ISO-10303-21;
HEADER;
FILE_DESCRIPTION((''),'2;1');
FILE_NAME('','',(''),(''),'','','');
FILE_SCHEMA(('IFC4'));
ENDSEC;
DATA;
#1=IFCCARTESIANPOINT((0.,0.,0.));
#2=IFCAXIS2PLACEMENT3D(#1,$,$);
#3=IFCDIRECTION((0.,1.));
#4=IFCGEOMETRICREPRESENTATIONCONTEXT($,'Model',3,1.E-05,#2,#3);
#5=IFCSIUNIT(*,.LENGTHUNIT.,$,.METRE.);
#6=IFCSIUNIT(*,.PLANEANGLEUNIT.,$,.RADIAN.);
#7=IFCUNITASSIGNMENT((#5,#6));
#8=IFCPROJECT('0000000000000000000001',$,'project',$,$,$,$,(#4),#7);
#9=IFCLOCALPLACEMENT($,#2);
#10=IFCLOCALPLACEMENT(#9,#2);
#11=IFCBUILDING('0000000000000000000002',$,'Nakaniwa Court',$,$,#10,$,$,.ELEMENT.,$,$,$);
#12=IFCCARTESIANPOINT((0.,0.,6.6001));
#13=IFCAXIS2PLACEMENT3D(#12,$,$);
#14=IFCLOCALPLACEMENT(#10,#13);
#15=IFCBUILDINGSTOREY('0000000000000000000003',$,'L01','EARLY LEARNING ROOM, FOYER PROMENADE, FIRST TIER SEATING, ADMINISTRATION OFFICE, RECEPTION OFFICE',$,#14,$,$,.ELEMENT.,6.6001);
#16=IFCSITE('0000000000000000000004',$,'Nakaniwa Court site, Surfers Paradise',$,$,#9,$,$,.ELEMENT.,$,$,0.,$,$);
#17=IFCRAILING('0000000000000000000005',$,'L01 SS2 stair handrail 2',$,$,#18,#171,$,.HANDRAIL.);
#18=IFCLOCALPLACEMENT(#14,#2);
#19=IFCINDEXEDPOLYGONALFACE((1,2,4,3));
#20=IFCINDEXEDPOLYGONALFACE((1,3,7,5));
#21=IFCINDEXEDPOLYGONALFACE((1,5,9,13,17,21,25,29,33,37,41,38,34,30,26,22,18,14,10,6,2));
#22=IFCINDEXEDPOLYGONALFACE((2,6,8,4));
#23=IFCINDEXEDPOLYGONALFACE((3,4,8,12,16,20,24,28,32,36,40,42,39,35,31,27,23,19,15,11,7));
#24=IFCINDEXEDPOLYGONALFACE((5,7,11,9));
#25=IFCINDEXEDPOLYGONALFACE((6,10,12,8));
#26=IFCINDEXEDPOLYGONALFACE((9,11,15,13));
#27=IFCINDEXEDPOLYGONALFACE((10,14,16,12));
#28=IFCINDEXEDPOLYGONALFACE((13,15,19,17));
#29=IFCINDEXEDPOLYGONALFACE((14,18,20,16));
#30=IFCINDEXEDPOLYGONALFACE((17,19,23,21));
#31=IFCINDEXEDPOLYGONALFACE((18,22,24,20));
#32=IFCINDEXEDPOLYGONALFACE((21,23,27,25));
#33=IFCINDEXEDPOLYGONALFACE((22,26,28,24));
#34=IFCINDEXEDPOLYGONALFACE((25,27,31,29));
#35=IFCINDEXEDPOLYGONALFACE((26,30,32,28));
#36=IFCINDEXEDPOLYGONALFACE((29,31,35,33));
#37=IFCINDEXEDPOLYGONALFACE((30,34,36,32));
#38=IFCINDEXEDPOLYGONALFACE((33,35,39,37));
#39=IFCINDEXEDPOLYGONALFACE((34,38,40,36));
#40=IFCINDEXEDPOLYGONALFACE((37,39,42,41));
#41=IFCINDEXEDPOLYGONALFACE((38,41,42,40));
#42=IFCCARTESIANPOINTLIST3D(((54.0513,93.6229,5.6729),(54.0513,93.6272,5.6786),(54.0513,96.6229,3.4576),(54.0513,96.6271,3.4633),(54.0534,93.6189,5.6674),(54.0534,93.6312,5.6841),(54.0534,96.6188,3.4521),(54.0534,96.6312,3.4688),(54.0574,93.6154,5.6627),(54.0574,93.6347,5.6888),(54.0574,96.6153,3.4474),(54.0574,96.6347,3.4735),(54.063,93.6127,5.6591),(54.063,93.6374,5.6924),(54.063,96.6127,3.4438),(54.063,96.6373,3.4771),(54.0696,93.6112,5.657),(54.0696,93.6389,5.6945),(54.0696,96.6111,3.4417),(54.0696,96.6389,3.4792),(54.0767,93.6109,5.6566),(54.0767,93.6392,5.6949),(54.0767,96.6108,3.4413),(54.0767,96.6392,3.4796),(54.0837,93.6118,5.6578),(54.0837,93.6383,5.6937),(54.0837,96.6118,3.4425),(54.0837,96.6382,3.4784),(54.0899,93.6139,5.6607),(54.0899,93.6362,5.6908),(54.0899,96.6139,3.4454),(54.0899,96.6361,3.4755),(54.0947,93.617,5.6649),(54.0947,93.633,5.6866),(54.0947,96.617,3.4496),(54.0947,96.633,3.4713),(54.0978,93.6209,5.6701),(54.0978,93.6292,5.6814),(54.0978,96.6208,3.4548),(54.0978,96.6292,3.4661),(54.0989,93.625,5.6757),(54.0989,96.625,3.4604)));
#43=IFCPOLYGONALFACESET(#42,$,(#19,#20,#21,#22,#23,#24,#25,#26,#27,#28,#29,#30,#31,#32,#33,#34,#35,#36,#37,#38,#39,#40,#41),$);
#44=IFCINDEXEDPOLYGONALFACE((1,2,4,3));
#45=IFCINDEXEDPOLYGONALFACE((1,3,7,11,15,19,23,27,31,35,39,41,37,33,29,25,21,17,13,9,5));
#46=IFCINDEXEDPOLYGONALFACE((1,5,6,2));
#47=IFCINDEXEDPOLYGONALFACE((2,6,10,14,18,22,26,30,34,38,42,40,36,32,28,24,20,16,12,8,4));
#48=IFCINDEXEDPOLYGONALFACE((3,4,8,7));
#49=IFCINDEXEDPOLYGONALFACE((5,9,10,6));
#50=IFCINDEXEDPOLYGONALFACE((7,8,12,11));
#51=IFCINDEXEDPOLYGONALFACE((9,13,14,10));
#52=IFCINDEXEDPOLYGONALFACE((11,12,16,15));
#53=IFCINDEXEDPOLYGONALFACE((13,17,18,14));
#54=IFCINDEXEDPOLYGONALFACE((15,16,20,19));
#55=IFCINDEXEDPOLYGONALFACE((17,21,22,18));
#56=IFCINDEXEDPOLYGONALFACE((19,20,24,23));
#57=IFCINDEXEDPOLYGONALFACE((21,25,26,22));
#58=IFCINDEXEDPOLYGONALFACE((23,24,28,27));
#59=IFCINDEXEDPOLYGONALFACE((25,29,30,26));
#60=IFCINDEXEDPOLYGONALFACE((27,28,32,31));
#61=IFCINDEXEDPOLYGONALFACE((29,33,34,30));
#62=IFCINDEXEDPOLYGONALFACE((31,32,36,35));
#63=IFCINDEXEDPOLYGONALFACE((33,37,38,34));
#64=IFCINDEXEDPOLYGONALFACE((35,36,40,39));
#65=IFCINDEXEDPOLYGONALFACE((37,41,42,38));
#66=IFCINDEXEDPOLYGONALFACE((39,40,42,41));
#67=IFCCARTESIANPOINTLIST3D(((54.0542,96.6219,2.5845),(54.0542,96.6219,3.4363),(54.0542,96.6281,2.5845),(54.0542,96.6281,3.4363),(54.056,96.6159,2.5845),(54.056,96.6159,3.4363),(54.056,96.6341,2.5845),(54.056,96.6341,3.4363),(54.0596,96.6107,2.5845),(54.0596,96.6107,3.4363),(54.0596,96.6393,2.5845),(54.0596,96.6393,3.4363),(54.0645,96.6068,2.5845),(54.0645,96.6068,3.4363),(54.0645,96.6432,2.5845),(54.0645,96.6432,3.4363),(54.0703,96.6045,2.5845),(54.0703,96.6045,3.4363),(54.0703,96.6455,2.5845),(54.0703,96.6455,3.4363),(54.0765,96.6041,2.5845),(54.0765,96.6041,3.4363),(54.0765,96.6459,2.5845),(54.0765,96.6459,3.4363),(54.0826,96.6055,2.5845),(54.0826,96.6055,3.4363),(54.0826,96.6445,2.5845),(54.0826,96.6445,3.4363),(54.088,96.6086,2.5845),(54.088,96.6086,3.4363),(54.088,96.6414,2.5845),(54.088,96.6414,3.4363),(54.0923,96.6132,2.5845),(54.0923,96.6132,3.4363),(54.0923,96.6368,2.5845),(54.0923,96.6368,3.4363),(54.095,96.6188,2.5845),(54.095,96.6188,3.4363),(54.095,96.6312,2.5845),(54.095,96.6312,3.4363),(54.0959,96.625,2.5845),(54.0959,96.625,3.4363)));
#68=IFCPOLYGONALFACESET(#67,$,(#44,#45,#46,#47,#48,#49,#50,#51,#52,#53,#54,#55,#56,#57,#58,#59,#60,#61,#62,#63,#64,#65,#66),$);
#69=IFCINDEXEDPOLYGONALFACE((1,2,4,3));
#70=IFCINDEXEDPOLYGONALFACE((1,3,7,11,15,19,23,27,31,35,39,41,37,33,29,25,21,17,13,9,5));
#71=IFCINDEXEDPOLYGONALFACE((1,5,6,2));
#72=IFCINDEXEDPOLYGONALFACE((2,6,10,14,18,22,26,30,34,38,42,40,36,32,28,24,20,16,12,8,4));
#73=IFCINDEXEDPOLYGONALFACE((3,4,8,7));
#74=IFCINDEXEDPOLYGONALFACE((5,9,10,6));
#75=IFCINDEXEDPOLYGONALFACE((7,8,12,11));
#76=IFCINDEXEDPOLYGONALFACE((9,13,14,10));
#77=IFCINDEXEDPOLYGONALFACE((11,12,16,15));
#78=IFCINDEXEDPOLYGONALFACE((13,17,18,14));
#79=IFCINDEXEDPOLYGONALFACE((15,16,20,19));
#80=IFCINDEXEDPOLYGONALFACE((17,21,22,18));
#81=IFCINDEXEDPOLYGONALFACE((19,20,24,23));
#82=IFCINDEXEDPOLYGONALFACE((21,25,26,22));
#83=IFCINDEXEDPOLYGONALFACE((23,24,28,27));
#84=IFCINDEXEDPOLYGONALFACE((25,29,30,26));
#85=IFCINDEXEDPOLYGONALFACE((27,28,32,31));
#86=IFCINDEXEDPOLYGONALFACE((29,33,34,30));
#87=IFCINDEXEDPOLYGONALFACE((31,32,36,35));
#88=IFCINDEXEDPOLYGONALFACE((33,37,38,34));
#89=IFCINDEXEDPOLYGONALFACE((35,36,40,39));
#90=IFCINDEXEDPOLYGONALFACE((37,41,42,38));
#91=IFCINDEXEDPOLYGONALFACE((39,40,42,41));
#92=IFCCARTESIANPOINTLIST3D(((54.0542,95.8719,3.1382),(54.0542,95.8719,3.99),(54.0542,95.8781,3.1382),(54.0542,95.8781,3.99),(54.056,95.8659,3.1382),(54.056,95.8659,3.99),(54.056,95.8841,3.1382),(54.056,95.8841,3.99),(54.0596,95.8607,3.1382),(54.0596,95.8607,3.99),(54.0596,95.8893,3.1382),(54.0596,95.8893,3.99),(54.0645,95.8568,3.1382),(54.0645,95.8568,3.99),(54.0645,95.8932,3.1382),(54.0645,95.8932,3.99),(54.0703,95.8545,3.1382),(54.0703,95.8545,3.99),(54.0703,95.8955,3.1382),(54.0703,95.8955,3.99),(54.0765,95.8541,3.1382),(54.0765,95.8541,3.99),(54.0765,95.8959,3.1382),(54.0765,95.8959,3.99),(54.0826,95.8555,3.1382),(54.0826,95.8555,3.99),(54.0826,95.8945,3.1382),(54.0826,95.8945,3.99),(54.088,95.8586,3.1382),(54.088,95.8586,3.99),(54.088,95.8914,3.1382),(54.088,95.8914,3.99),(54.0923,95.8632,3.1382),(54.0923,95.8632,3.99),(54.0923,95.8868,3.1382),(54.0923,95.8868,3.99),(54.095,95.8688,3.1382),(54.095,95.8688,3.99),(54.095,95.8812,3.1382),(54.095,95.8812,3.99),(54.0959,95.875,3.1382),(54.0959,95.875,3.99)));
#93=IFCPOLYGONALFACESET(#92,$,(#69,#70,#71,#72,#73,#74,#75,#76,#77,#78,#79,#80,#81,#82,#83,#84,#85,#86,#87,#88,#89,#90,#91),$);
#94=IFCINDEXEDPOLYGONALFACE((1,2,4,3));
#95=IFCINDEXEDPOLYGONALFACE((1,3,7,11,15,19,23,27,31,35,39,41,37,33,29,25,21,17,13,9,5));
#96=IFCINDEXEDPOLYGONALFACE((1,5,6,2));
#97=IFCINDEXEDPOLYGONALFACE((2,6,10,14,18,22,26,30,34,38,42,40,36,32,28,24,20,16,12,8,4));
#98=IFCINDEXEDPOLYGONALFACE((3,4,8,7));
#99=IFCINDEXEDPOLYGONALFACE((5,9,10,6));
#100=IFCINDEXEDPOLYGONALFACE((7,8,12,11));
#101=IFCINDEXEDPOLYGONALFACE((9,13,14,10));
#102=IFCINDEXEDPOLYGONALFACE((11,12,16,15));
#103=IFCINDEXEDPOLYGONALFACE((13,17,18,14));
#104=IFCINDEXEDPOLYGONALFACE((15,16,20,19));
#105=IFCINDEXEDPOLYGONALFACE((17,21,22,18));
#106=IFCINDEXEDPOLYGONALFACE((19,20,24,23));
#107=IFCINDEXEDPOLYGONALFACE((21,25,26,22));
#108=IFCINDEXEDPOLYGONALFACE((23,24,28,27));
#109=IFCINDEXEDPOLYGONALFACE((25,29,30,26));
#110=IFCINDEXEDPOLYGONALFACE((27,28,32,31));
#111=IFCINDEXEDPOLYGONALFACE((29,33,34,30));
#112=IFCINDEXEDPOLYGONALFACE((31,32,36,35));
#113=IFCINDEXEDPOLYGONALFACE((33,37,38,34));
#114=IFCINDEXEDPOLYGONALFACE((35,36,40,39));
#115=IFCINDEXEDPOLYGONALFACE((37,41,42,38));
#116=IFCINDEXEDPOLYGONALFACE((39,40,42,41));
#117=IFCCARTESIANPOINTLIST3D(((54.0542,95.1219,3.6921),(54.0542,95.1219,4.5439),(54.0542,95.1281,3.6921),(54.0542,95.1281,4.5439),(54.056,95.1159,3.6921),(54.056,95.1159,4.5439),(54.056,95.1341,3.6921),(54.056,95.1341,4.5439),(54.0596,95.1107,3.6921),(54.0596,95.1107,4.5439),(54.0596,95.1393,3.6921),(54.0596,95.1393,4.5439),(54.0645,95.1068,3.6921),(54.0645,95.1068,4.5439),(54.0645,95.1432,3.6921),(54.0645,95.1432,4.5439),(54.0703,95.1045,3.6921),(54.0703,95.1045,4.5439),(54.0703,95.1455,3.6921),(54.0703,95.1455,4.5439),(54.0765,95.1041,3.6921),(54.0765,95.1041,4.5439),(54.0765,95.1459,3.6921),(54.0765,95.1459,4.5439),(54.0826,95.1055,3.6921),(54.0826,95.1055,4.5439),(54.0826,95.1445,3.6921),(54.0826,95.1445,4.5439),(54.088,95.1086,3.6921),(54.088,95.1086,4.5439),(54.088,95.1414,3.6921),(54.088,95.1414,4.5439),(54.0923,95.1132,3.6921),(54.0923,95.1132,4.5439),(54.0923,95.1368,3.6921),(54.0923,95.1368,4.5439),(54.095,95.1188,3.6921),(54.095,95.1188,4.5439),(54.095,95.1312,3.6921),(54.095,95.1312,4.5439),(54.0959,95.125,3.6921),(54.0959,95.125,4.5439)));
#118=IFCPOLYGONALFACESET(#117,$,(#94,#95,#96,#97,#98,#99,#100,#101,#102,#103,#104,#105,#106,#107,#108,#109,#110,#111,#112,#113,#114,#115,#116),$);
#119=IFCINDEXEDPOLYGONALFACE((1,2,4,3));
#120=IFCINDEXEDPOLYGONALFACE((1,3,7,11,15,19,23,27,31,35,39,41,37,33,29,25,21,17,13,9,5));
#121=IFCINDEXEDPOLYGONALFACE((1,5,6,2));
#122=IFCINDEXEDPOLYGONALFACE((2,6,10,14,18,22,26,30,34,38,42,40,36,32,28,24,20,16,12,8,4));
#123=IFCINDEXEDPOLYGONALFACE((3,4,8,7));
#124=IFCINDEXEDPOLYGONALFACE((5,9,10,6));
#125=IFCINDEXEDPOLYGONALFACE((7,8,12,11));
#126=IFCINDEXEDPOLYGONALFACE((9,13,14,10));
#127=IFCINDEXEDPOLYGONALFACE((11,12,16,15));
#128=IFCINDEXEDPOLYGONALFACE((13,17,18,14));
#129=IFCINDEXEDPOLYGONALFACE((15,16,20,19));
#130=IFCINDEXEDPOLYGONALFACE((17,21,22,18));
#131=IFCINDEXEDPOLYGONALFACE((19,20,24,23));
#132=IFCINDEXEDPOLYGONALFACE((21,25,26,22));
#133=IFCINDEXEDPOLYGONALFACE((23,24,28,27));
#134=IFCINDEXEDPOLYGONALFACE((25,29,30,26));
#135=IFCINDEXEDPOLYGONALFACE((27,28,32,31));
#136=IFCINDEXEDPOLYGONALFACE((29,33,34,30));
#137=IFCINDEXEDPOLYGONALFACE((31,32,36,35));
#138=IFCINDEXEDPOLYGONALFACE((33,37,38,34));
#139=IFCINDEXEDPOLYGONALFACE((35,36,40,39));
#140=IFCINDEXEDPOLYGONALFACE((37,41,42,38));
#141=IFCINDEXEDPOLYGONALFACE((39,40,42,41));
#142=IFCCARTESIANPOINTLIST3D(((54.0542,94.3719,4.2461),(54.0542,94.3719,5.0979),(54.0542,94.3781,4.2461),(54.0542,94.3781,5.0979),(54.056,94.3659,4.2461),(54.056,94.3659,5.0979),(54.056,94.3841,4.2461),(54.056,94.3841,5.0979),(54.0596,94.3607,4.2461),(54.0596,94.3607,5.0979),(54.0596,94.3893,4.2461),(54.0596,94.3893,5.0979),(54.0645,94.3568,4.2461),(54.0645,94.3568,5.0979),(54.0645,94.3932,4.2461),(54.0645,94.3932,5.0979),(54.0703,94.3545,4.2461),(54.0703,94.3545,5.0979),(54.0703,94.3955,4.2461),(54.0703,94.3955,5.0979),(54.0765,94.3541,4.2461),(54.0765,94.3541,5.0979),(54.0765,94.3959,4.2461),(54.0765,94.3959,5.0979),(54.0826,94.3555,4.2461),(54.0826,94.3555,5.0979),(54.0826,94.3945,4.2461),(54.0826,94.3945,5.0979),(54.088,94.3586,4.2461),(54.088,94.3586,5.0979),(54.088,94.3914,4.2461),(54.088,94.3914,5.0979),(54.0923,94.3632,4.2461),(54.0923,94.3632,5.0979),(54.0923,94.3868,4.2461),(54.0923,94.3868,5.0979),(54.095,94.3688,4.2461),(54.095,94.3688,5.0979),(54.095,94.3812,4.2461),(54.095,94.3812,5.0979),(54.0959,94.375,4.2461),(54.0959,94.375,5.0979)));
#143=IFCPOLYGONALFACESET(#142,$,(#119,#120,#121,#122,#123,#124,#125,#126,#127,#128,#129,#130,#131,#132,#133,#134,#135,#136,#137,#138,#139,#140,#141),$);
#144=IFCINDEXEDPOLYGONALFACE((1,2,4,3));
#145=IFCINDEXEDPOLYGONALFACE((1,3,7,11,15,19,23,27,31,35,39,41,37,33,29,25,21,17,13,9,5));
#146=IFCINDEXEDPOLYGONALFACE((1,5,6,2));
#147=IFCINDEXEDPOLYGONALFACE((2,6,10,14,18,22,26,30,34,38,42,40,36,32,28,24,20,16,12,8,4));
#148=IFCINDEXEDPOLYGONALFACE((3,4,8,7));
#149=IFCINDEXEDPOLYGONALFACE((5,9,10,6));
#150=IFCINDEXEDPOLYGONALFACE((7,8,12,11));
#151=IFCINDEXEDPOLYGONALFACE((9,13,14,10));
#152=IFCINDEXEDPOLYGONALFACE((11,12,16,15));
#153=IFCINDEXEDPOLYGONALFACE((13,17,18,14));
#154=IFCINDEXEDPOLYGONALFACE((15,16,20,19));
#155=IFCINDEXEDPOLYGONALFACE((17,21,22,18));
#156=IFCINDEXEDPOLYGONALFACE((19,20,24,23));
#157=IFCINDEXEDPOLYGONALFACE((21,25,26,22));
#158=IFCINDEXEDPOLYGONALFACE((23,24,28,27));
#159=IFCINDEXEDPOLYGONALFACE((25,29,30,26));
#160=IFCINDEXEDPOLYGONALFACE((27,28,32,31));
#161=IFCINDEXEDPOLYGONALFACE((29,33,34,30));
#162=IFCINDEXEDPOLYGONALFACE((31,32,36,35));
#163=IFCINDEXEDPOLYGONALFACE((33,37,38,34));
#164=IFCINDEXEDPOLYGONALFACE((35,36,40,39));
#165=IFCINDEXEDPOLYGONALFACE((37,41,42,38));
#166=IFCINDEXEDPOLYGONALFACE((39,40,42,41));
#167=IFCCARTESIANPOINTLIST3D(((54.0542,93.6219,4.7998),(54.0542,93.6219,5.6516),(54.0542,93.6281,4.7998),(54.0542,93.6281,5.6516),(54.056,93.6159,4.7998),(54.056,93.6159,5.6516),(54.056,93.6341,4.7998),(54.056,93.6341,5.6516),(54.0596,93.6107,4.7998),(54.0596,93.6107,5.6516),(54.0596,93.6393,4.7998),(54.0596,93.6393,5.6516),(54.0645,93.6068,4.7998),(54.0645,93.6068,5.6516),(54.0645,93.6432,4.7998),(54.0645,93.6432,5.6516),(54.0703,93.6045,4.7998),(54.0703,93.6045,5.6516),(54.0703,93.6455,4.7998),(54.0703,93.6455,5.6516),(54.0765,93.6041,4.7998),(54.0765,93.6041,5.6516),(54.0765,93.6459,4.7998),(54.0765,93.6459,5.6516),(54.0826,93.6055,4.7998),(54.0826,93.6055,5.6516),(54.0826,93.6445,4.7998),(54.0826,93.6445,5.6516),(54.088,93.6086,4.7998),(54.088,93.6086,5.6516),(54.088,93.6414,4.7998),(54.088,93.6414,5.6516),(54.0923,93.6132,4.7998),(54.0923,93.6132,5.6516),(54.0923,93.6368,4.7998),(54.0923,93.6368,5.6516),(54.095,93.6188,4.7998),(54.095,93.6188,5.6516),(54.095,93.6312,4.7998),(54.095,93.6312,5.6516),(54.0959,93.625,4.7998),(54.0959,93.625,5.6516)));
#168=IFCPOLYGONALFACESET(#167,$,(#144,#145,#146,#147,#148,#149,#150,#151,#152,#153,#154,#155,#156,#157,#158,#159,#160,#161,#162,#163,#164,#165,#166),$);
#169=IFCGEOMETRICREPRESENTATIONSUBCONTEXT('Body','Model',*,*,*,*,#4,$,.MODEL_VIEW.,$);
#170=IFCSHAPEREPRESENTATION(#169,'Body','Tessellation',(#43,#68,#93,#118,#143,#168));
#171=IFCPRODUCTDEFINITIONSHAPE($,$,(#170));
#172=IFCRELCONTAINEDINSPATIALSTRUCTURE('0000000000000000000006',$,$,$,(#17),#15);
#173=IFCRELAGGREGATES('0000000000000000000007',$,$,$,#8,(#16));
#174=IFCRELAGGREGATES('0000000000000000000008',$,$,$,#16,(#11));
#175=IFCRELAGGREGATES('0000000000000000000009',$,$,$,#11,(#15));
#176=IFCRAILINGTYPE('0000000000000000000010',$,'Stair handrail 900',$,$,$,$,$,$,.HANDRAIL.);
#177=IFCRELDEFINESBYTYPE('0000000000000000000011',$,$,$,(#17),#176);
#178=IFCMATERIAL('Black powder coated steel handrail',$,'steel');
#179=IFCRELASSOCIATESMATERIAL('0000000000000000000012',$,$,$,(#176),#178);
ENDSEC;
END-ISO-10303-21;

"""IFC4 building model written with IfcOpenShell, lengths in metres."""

from ifc_helpers import new_model, si_unit, direction, frame, origin, origin_2d, place, context, subcontext, project, spatial, circle, extrude, material, type_object, element, save


model = new_model("IFC4")

# Units and contexts
model_context = context("Model", 3, precision=1e-05, world=origin(), true_north=direction((0.0, 1.0)))
body_context = subcontext(model_context, "Body", "Model", "MODEL_VIEW")
ifc_project = project(units=[si_unit("LENGTHUNIT", "METRE"), si_unit("PLANEANGLEUNIT", "RADIAN")], contexts=[model_context])

# Site, building, storey
site_placement = place(None, origin())
site = spatial("IfcSite", under=ifc_project, at=site_placement, Name="Nakaniwa Court site, Surfers Paradise", CompositionType="ELEMENT", RefElevation=0.0)
building_placement = place(site_placement, origin())
building = spatial("IfcBuilding", under=site, at=building_placement, Name="Nakaniwa Court", CompositionType="ELEMENT")
storey_placement = place(building_placement, frame((0.0, 0.0, 6.6001)))
storey = spatial("IfcBuildingStorey", under=building, at=storey_placement, Name="L01", Description="EARLY LEARNING ROOM, FOYER PROMENADE, FIRST TIER SEATING, ADMINISTRATION OFFICE, RECEPTION OFFICE", CompositionType="ELEMENT", Elevation=6.6001)

# Railing
ifc_material_1 = material(Name="Black powder coated steel handrail", Category="steel")
railing_type_1 = type_object("IfcRailingType", Name="Stair handrail 900", PredefinedType="HANDRAIL", material=ifc_material_1)
railing_1_placement = place(storey_placement, frame((54.075, 96.625, 2.5845)))
element("IfcRailing", 1, at=railing_1_placement, inside=storey, type_object=railing_type_1, Name="L01 SS2 stair handrail 2", PredefinedType="HANDRAIL", context=body_context, shape_type="SweptSolid", body=[
    extrude(circle(Radius=0.0239, at=origin_2d()), frame((0.0, 0.0, 0.876), z_axis=(0.0, -0.80444, 0.594034), x_axis=(1.0, 0.0, 0.0)), (0.0, 0.0, 1.0), 3.7292),
    extrude(circle(Radius=0.021, at=origin_2d()), origin(), (0.0, 0.0, 1.0), 0.8518),
    extrude(circle(Radius=0.021, at=origin_2d()), frame((0.0, -0.75, 0.5537)), (0.0, 0.0, 1.0), 0.8518),
    extrude(circle(Radius=0.021, at=origin_2d()), frame((0.0, -1.5, 1.1077)), (0.0, 0.0, 1.0), 0.8518),
    extrude(circle(Radius=0.021, at=origin_2d()), frame((0.0, -2.25, 1.6616)), (0.0, 0.0, 1.0), 0.8518),
    extrude(circle(Radius=0.021, at=origin_2d()), frame((0.0, -3.0, 2.2153)), (0.0, 0.0, 1.0), 0.8518),
])

save(model, "model.ifc")
